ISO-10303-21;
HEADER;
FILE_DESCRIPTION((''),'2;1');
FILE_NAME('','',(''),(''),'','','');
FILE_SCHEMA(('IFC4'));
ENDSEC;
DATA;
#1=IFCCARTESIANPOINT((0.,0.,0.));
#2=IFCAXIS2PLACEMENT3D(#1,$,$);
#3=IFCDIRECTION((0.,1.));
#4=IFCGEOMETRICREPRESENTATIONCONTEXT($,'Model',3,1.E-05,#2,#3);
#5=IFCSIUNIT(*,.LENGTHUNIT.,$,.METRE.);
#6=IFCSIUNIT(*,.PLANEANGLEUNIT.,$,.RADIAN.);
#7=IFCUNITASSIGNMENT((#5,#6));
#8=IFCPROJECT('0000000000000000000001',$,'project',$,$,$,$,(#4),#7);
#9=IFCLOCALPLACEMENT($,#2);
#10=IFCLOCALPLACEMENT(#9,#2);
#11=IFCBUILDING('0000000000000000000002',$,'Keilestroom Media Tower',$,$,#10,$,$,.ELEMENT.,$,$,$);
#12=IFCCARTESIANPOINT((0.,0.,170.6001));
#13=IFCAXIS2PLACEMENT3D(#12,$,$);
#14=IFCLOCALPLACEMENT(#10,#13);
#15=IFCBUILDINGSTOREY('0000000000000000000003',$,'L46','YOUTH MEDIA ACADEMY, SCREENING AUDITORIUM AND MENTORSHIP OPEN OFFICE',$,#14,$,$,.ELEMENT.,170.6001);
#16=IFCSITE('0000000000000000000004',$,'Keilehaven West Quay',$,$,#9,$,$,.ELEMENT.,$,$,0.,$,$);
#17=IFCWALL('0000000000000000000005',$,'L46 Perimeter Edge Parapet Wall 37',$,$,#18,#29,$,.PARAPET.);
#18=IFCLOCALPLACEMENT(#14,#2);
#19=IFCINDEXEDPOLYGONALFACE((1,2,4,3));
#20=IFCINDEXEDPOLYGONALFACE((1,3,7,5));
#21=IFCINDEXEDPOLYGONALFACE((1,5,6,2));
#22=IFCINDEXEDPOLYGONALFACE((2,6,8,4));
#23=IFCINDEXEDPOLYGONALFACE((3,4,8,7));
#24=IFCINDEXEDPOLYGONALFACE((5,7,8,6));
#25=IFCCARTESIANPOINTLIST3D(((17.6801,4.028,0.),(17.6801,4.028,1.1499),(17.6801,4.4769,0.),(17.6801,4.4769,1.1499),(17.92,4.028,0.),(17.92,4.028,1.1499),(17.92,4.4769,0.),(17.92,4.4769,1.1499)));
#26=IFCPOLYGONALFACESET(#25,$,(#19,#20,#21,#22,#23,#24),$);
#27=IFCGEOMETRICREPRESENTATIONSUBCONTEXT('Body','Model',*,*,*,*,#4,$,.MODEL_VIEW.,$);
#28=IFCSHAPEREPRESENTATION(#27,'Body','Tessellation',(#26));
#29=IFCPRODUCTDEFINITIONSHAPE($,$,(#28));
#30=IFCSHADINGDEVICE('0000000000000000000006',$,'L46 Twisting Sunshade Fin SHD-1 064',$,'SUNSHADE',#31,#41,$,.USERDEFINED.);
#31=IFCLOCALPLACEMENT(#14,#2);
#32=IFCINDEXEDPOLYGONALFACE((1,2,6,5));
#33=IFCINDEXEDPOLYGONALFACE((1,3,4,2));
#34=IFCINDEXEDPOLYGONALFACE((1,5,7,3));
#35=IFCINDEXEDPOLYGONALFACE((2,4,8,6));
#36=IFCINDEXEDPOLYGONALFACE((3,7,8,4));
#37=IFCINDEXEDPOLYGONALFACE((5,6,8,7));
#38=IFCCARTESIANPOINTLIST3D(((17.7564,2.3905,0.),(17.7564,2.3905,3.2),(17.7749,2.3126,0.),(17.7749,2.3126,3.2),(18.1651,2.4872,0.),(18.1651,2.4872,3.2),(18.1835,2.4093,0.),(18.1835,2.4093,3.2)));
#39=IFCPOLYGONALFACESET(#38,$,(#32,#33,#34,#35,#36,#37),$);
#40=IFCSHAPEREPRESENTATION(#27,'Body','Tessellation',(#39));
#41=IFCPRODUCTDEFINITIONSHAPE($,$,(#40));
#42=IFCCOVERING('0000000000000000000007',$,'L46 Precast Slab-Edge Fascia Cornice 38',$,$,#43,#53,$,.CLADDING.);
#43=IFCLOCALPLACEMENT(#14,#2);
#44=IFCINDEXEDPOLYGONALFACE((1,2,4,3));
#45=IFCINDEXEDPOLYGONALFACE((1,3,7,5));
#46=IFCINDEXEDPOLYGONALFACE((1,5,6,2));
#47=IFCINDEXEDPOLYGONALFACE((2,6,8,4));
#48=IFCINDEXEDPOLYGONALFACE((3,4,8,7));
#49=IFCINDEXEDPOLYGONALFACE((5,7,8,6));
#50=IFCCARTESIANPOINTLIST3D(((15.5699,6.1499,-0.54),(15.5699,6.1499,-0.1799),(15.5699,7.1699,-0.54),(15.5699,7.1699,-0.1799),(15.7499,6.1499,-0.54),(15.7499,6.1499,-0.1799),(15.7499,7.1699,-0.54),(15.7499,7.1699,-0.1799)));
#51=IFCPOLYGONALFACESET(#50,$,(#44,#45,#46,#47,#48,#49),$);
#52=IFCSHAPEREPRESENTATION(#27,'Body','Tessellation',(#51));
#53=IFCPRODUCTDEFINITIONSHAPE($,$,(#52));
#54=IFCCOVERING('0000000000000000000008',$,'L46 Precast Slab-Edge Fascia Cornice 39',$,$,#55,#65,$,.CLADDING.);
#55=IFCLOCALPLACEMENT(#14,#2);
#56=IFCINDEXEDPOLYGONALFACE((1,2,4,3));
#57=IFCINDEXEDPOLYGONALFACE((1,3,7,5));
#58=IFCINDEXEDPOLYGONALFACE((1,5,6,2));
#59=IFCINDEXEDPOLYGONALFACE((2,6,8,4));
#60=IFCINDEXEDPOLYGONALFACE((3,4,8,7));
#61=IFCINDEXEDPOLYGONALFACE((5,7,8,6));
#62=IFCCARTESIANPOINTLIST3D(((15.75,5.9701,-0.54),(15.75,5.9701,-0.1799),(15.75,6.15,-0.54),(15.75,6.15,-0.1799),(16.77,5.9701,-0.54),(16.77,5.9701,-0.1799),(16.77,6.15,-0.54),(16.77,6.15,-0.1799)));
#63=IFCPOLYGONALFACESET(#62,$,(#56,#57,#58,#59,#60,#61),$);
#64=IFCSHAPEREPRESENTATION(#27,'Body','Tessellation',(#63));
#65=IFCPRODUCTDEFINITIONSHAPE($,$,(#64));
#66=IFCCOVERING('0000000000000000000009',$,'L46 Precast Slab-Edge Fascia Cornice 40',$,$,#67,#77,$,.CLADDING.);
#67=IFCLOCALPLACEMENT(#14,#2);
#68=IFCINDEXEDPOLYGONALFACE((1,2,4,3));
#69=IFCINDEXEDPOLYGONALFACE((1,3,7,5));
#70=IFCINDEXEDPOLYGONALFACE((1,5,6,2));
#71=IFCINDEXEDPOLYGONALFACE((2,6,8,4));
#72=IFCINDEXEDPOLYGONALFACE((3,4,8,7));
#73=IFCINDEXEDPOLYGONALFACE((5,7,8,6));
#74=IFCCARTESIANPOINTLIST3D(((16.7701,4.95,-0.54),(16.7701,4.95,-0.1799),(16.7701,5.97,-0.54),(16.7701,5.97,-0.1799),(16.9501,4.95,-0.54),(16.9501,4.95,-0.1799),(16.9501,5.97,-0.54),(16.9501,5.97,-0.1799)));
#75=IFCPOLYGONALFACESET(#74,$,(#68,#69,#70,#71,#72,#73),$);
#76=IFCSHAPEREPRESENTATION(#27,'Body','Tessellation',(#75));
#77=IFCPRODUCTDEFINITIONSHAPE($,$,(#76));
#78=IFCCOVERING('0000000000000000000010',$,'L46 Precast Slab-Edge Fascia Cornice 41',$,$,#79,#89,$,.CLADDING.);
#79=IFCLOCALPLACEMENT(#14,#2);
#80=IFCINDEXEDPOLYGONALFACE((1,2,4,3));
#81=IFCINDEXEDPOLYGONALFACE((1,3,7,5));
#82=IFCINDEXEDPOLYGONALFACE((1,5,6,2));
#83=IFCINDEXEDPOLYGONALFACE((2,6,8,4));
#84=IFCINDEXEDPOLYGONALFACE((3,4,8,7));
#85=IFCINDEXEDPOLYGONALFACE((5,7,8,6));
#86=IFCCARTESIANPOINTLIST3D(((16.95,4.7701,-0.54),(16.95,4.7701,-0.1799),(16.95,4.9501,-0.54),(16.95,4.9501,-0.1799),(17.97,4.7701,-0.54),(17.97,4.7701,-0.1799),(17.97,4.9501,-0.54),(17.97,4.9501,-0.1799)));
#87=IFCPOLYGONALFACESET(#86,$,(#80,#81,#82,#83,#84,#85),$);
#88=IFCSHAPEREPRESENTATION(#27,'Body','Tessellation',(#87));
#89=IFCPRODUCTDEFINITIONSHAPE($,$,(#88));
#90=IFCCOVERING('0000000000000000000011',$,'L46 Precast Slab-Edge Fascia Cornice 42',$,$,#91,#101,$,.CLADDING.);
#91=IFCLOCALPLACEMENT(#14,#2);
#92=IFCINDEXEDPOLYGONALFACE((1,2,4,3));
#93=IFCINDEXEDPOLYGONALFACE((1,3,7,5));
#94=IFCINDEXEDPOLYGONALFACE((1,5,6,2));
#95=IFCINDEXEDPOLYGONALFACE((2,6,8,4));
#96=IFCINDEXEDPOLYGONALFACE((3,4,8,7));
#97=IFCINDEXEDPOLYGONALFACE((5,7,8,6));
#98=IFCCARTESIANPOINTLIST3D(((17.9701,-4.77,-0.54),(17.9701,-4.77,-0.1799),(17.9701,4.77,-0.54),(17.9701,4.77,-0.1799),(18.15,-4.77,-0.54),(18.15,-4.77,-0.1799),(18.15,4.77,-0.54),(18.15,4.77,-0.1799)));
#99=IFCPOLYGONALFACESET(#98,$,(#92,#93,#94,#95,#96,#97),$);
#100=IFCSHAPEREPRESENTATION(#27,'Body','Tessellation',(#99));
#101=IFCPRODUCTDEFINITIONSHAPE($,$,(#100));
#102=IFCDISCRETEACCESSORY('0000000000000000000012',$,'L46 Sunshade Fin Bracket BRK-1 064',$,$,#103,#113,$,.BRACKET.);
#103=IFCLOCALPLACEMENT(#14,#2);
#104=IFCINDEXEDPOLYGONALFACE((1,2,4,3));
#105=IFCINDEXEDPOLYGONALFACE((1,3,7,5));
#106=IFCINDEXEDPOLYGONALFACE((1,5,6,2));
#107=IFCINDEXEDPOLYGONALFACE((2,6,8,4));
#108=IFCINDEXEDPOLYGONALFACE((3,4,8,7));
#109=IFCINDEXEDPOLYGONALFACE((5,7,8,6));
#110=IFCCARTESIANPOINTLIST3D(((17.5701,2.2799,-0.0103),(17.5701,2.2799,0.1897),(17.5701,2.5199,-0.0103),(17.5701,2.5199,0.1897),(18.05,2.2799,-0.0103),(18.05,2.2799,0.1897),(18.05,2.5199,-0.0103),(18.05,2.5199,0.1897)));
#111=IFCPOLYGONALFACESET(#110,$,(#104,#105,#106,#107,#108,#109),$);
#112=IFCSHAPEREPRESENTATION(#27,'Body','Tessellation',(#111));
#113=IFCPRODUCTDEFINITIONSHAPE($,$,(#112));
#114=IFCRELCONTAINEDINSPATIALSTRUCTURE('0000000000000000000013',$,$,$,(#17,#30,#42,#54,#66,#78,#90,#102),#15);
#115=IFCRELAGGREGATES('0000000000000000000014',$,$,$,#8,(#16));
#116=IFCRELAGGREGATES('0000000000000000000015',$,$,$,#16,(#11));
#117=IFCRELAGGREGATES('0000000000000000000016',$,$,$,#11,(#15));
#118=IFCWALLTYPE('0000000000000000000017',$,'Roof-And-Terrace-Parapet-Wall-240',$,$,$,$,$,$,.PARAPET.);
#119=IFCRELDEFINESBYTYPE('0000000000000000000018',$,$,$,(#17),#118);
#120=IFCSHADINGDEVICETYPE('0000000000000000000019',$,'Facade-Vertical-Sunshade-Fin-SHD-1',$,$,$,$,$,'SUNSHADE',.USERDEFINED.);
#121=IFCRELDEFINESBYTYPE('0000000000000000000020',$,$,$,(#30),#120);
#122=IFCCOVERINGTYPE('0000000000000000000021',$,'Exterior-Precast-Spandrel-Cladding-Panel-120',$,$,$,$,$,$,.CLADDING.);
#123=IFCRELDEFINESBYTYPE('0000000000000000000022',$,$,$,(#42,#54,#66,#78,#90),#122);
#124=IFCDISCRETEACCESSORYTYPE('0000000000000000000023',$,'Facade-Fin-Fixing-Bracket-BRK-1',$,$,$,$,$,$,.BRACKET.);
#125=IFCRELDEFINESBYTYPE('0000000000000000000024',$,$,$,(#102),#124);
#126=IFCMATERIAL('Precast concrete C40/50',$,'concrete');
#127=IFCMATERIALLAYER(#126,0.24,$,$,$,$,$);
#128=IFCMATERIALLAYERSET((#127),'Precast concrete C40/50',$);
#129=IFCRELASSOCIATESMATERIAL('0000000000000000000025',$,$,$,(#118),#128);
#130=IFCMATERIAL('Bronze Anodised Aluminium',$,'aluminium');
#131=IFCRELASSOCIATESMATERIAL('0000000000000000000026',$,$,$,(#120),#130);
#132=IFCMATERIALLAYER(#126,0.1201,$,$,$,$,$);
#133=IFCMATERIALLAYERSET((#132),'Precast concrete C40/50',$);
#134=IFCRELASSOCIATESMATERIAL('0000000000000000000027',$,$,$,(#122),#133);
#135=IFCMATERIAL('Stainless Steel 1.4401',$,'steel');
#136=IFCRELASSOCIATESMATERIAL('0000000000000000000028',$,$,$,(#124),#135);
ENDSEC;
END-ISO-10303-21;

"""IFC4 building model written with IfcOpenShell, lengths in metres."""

from ifc_helpers import new_model, si_unit, direction, frame, frame_2d, origin, origin_2d, place, context, subcontext, project, spatial, rectangle, extrude, source, transform, mapped, material, layer, layer_set, type_object, element, save


model = new_model("IFC4")

# Units and contexts
model_context = context("Model", 3, precision=1e-05, world=origin(), true_north=direction((0.0, 1.0)))
body_context = subcontext(model_context, "Body", "Model", "MODEL_VIEW")
ifc_project = project(units=[si_unit("LENGTHUNIT", "METRE"), si_unit("PLANEANGLEUNIT", "RADIAN")], contexts=[model_context])

# Site, building, storey
site_placement = place(None, origin())
site = spatial("IfcSite", under=ifc_project, at=site_placement, Name="Keilehaven West Quay", CompositionType="ELEMENT", RefElevation=0.0)
building_placement = place(site_placement, origin())
building = spatial("IfcBuilding", under=site, at=building_placement, Name="Keilestroom Media Tower", CompositionType="ELEMENT")
storey_placement = place(building_placement, frame((0.0, 0.0, 170.6001)))
storey = spatial("IfcBuildingStorey", under=building, at=storey_placement, Name="L46", Description="YOUTH MEDIA ACADEMY, SCREENING AUDITORIUM AND MENTORSHIP OPEN OFFICE", CompositionType="ELEMENT", Elevation=170.6001)

# Shared definitions
ifc_material_1 = material(Name="Precast concrete C40/50", Category="concrete")

# Wall
ifc_layer_1 = layer(ifc_material_1, 0.24)
ifc_layer_set_1 = layer_set([ifc_layer_1], Name="Precast concrete C40/50")
wall_type_1 = type_object("IfcWallType", Name="Roof-And-Terrace-Parapet-Wall-240", PredefinedType="PARAPET", material=ifc_layer_set_1)
wall_1_placement = place(storey_placement, frame((17.8, 4.4771, 0.0), z_axis=(0.0, 0.0, 1.0), x_axis=(0.0, -1.0, 0.0)))
element("IfcWall", 1, at=wall_1_placement, inside=storey, type_object=wall_type_1, Name="L46 Perimeter Edge Parapet Wall 37", PredefinedType="PARAPET", context=body_context, shape_type="SweptSolid", body=[
    extrude(rectangle(XDim=0.449, YDim=0.24, at=frame_2d((0.2246, 0.0))), origin(), (0.0, 0.0, 1.0), 1.1499),
])

# Shading device
ifc_material_2 = material(Name="Bronze Anodised Aluminium", Category="aluminium")
shading_device_type = type_object("IfcShadingDeviceType", Name="Facade-Vertical-Sunshade-Fin-SHD-1", ElementType="SUNSHADE", PredefinedType="USERDEFINED", material=ifc_material_2)
shared_shape_1 = source(origin(), body_context, "Body", "SweptSolid", [
    extrude(rectangle(XDim=0.4199, YDim=0.0801, at=origin_2d()), origin(), (0.0, 0.0, 1.0), 3.2),
])
shading_device_placement = place(storey_placement, frame((17.97, 2.3999, 0.0), z_axis=(0.0, 0.0, 1.0), x_axis=(0.973099, 0.230389, 0.0)))
element("IfcShadingDevice", 2, at=shading_device_placement, inside=storey, type_object=shading_device_type, Name="L46 Twisting Sunshade Fin SHD-1 064", ObjectType="SUNSHADE", PredefinedType="USERDEFINED", context=body_context, shape_type="MappedRepresentation", body=[
    mapped(shared_shape_1, transform((0.0, 0.0, 0.0), x_axis=(1.0, 0.0, 0.0), y_axis=(0.0, 1.0, 0.0), z_axis=(0.0, 0.0, 1.0), scale=1.0)),
])

# Coverings
ifc_layer_2 = layer(ifc_material_1, 0.1201)
ifc_layer_set_2 = layer_set([ifc_layer_2], Name="Precast concrete C40/50")
covering_type = type_object("IfcCoveringType", Name="Exterior-Precast-Spandrel-Cladding-Panel-120", PredefinedType="CLADDING", material=ifc_layer_set_2)
shared_shape_2 = source(origin(), body_context, "Body", "SweptSolid", [
    extrude(rectangle(XDim=1.02, YDim=0.1799, at=origin_2d()), origin(), (0.0, 0.0, 1.0), 0.3601),
])
for number, where, z_axis, x_axis, name in (
    (3, (15.6599, 6.6599, -0.54), (0.0, 0.0, 1.0), (0.0, -1.0, 0.0), "L46 Precast Slab-Edge Fascia Cornice 38"),
    (4, (16.26, 6.0601, -0.54), (0.0, 0.0, 1.0), (1.0, 0.0, 0.0), "L46 Precast Slab-Edge Fascia Cornice 39"),
    (5, (16.8601, 5.46, -0.54), (0.0, 0.0, 1.0), (0.0, -1.0, 0.0), "L46 Precast Slab-Edge Fascia Cornice 40"),
    (6, (17.46, 4.8601, -0.54), (0.0, 0.0, 1.0), (1.0, 0.0, 0.0), "L46 Precast Slab-Edge Fascia Cornice 41"),
):
    element("IfcCovering", number, at=place(storey_placement, frame(where, z_axis=z_axis, x_axis=x_axis)), inside=storey, type_object=covering_type, Name=name, PredefinedType="CLADDING", context=body_context, shape_type="MappedRepresentation", body=[
        mapped(shared_shape_2, transform((0.0, 0.0, 0.0), x_axis=(1.0, 0.0, 0.0), y_axis=(0.0, 1.0, 0.0), z_axis=(0.0, 0.0, 1.0), scale=1.0)),
    ])
shared_shape_3 = source(origin(), body_context, "Body", "SweptSolid", [
    extrude(rectangle(XDim=9.54, YDim=0.1799, at=origin_2d()), origin(), (0.0, 0.0, 1.0), 0.3601),
])
covering_placement = place(storey_placement, frame((18.0601, 0.0, -0.54), z_axis=(0.0, 0.0, 1.0), x_axis=(0.0, -1.0, 0.0)))
element("IfcCovering", 7, at=covering_placement, inside=storey, type_object=covering_type, Name="L46 Precast Slab-Edge Fascia Cornice 42", PredefinedType="CLADDING", context=body_context, shape_type="MappedRepresentation", body=[
    mapped(shared_shape_3, transform((0.0, 0.0, 0.0), x_axis=(1.0, 0.0, 0.0), y_axis=(0.0, 1.0, 0.0), z_axis=(0.0, 0.0, 1.0), scale=1.0)),
])

# Discrete accessory
ifc_material_3 = material(Name="Stainless Steel 1.4401", Category="steel")
discrete_accessory_type = type_object("IfcDiscreteAccessoryType", Name="Facade-Fin-Fixing-Bracket-BRK-1", PredefinedType="BRACKET", material=ifc_material_3)
shared_shape_4 = source(origin(), body_context, "Body", "SweptSolid", [
    extrude(rectangle(XDim=0.48, YDim=0.24, at=origin_2d()), origin(), (0.0, 0.0, 1.0), 0.2),
])
discrete_accessory_placement = place(storey_placement, frame((17.8101, 2.3999, -0.0103), z_axis=(0.0, 0.0, 1.0), x_axis=(1.0, 0.0, 0.0)))
element("IfcDiscreteAccessory", 8, at=discrete_accessory_placement, inside=storey, type_object=discrete_accessory_type, Name="L46 Sunshade Fin Bracket BRK-1 064", PredefinedType="BRACKET", context=body_context, shape_type="MappedRepresentation", body=[
    mapped(shared_shape_4, transform((0.0, 0.0, 0.0), x_axis=(1.0, 0.0, 0.0), y_axis=(0.0, 1.0, 0.0), z_axis=(0.0, 0.0, 1.0), scale=1.0)),
])

save(model, "model.ifc")
